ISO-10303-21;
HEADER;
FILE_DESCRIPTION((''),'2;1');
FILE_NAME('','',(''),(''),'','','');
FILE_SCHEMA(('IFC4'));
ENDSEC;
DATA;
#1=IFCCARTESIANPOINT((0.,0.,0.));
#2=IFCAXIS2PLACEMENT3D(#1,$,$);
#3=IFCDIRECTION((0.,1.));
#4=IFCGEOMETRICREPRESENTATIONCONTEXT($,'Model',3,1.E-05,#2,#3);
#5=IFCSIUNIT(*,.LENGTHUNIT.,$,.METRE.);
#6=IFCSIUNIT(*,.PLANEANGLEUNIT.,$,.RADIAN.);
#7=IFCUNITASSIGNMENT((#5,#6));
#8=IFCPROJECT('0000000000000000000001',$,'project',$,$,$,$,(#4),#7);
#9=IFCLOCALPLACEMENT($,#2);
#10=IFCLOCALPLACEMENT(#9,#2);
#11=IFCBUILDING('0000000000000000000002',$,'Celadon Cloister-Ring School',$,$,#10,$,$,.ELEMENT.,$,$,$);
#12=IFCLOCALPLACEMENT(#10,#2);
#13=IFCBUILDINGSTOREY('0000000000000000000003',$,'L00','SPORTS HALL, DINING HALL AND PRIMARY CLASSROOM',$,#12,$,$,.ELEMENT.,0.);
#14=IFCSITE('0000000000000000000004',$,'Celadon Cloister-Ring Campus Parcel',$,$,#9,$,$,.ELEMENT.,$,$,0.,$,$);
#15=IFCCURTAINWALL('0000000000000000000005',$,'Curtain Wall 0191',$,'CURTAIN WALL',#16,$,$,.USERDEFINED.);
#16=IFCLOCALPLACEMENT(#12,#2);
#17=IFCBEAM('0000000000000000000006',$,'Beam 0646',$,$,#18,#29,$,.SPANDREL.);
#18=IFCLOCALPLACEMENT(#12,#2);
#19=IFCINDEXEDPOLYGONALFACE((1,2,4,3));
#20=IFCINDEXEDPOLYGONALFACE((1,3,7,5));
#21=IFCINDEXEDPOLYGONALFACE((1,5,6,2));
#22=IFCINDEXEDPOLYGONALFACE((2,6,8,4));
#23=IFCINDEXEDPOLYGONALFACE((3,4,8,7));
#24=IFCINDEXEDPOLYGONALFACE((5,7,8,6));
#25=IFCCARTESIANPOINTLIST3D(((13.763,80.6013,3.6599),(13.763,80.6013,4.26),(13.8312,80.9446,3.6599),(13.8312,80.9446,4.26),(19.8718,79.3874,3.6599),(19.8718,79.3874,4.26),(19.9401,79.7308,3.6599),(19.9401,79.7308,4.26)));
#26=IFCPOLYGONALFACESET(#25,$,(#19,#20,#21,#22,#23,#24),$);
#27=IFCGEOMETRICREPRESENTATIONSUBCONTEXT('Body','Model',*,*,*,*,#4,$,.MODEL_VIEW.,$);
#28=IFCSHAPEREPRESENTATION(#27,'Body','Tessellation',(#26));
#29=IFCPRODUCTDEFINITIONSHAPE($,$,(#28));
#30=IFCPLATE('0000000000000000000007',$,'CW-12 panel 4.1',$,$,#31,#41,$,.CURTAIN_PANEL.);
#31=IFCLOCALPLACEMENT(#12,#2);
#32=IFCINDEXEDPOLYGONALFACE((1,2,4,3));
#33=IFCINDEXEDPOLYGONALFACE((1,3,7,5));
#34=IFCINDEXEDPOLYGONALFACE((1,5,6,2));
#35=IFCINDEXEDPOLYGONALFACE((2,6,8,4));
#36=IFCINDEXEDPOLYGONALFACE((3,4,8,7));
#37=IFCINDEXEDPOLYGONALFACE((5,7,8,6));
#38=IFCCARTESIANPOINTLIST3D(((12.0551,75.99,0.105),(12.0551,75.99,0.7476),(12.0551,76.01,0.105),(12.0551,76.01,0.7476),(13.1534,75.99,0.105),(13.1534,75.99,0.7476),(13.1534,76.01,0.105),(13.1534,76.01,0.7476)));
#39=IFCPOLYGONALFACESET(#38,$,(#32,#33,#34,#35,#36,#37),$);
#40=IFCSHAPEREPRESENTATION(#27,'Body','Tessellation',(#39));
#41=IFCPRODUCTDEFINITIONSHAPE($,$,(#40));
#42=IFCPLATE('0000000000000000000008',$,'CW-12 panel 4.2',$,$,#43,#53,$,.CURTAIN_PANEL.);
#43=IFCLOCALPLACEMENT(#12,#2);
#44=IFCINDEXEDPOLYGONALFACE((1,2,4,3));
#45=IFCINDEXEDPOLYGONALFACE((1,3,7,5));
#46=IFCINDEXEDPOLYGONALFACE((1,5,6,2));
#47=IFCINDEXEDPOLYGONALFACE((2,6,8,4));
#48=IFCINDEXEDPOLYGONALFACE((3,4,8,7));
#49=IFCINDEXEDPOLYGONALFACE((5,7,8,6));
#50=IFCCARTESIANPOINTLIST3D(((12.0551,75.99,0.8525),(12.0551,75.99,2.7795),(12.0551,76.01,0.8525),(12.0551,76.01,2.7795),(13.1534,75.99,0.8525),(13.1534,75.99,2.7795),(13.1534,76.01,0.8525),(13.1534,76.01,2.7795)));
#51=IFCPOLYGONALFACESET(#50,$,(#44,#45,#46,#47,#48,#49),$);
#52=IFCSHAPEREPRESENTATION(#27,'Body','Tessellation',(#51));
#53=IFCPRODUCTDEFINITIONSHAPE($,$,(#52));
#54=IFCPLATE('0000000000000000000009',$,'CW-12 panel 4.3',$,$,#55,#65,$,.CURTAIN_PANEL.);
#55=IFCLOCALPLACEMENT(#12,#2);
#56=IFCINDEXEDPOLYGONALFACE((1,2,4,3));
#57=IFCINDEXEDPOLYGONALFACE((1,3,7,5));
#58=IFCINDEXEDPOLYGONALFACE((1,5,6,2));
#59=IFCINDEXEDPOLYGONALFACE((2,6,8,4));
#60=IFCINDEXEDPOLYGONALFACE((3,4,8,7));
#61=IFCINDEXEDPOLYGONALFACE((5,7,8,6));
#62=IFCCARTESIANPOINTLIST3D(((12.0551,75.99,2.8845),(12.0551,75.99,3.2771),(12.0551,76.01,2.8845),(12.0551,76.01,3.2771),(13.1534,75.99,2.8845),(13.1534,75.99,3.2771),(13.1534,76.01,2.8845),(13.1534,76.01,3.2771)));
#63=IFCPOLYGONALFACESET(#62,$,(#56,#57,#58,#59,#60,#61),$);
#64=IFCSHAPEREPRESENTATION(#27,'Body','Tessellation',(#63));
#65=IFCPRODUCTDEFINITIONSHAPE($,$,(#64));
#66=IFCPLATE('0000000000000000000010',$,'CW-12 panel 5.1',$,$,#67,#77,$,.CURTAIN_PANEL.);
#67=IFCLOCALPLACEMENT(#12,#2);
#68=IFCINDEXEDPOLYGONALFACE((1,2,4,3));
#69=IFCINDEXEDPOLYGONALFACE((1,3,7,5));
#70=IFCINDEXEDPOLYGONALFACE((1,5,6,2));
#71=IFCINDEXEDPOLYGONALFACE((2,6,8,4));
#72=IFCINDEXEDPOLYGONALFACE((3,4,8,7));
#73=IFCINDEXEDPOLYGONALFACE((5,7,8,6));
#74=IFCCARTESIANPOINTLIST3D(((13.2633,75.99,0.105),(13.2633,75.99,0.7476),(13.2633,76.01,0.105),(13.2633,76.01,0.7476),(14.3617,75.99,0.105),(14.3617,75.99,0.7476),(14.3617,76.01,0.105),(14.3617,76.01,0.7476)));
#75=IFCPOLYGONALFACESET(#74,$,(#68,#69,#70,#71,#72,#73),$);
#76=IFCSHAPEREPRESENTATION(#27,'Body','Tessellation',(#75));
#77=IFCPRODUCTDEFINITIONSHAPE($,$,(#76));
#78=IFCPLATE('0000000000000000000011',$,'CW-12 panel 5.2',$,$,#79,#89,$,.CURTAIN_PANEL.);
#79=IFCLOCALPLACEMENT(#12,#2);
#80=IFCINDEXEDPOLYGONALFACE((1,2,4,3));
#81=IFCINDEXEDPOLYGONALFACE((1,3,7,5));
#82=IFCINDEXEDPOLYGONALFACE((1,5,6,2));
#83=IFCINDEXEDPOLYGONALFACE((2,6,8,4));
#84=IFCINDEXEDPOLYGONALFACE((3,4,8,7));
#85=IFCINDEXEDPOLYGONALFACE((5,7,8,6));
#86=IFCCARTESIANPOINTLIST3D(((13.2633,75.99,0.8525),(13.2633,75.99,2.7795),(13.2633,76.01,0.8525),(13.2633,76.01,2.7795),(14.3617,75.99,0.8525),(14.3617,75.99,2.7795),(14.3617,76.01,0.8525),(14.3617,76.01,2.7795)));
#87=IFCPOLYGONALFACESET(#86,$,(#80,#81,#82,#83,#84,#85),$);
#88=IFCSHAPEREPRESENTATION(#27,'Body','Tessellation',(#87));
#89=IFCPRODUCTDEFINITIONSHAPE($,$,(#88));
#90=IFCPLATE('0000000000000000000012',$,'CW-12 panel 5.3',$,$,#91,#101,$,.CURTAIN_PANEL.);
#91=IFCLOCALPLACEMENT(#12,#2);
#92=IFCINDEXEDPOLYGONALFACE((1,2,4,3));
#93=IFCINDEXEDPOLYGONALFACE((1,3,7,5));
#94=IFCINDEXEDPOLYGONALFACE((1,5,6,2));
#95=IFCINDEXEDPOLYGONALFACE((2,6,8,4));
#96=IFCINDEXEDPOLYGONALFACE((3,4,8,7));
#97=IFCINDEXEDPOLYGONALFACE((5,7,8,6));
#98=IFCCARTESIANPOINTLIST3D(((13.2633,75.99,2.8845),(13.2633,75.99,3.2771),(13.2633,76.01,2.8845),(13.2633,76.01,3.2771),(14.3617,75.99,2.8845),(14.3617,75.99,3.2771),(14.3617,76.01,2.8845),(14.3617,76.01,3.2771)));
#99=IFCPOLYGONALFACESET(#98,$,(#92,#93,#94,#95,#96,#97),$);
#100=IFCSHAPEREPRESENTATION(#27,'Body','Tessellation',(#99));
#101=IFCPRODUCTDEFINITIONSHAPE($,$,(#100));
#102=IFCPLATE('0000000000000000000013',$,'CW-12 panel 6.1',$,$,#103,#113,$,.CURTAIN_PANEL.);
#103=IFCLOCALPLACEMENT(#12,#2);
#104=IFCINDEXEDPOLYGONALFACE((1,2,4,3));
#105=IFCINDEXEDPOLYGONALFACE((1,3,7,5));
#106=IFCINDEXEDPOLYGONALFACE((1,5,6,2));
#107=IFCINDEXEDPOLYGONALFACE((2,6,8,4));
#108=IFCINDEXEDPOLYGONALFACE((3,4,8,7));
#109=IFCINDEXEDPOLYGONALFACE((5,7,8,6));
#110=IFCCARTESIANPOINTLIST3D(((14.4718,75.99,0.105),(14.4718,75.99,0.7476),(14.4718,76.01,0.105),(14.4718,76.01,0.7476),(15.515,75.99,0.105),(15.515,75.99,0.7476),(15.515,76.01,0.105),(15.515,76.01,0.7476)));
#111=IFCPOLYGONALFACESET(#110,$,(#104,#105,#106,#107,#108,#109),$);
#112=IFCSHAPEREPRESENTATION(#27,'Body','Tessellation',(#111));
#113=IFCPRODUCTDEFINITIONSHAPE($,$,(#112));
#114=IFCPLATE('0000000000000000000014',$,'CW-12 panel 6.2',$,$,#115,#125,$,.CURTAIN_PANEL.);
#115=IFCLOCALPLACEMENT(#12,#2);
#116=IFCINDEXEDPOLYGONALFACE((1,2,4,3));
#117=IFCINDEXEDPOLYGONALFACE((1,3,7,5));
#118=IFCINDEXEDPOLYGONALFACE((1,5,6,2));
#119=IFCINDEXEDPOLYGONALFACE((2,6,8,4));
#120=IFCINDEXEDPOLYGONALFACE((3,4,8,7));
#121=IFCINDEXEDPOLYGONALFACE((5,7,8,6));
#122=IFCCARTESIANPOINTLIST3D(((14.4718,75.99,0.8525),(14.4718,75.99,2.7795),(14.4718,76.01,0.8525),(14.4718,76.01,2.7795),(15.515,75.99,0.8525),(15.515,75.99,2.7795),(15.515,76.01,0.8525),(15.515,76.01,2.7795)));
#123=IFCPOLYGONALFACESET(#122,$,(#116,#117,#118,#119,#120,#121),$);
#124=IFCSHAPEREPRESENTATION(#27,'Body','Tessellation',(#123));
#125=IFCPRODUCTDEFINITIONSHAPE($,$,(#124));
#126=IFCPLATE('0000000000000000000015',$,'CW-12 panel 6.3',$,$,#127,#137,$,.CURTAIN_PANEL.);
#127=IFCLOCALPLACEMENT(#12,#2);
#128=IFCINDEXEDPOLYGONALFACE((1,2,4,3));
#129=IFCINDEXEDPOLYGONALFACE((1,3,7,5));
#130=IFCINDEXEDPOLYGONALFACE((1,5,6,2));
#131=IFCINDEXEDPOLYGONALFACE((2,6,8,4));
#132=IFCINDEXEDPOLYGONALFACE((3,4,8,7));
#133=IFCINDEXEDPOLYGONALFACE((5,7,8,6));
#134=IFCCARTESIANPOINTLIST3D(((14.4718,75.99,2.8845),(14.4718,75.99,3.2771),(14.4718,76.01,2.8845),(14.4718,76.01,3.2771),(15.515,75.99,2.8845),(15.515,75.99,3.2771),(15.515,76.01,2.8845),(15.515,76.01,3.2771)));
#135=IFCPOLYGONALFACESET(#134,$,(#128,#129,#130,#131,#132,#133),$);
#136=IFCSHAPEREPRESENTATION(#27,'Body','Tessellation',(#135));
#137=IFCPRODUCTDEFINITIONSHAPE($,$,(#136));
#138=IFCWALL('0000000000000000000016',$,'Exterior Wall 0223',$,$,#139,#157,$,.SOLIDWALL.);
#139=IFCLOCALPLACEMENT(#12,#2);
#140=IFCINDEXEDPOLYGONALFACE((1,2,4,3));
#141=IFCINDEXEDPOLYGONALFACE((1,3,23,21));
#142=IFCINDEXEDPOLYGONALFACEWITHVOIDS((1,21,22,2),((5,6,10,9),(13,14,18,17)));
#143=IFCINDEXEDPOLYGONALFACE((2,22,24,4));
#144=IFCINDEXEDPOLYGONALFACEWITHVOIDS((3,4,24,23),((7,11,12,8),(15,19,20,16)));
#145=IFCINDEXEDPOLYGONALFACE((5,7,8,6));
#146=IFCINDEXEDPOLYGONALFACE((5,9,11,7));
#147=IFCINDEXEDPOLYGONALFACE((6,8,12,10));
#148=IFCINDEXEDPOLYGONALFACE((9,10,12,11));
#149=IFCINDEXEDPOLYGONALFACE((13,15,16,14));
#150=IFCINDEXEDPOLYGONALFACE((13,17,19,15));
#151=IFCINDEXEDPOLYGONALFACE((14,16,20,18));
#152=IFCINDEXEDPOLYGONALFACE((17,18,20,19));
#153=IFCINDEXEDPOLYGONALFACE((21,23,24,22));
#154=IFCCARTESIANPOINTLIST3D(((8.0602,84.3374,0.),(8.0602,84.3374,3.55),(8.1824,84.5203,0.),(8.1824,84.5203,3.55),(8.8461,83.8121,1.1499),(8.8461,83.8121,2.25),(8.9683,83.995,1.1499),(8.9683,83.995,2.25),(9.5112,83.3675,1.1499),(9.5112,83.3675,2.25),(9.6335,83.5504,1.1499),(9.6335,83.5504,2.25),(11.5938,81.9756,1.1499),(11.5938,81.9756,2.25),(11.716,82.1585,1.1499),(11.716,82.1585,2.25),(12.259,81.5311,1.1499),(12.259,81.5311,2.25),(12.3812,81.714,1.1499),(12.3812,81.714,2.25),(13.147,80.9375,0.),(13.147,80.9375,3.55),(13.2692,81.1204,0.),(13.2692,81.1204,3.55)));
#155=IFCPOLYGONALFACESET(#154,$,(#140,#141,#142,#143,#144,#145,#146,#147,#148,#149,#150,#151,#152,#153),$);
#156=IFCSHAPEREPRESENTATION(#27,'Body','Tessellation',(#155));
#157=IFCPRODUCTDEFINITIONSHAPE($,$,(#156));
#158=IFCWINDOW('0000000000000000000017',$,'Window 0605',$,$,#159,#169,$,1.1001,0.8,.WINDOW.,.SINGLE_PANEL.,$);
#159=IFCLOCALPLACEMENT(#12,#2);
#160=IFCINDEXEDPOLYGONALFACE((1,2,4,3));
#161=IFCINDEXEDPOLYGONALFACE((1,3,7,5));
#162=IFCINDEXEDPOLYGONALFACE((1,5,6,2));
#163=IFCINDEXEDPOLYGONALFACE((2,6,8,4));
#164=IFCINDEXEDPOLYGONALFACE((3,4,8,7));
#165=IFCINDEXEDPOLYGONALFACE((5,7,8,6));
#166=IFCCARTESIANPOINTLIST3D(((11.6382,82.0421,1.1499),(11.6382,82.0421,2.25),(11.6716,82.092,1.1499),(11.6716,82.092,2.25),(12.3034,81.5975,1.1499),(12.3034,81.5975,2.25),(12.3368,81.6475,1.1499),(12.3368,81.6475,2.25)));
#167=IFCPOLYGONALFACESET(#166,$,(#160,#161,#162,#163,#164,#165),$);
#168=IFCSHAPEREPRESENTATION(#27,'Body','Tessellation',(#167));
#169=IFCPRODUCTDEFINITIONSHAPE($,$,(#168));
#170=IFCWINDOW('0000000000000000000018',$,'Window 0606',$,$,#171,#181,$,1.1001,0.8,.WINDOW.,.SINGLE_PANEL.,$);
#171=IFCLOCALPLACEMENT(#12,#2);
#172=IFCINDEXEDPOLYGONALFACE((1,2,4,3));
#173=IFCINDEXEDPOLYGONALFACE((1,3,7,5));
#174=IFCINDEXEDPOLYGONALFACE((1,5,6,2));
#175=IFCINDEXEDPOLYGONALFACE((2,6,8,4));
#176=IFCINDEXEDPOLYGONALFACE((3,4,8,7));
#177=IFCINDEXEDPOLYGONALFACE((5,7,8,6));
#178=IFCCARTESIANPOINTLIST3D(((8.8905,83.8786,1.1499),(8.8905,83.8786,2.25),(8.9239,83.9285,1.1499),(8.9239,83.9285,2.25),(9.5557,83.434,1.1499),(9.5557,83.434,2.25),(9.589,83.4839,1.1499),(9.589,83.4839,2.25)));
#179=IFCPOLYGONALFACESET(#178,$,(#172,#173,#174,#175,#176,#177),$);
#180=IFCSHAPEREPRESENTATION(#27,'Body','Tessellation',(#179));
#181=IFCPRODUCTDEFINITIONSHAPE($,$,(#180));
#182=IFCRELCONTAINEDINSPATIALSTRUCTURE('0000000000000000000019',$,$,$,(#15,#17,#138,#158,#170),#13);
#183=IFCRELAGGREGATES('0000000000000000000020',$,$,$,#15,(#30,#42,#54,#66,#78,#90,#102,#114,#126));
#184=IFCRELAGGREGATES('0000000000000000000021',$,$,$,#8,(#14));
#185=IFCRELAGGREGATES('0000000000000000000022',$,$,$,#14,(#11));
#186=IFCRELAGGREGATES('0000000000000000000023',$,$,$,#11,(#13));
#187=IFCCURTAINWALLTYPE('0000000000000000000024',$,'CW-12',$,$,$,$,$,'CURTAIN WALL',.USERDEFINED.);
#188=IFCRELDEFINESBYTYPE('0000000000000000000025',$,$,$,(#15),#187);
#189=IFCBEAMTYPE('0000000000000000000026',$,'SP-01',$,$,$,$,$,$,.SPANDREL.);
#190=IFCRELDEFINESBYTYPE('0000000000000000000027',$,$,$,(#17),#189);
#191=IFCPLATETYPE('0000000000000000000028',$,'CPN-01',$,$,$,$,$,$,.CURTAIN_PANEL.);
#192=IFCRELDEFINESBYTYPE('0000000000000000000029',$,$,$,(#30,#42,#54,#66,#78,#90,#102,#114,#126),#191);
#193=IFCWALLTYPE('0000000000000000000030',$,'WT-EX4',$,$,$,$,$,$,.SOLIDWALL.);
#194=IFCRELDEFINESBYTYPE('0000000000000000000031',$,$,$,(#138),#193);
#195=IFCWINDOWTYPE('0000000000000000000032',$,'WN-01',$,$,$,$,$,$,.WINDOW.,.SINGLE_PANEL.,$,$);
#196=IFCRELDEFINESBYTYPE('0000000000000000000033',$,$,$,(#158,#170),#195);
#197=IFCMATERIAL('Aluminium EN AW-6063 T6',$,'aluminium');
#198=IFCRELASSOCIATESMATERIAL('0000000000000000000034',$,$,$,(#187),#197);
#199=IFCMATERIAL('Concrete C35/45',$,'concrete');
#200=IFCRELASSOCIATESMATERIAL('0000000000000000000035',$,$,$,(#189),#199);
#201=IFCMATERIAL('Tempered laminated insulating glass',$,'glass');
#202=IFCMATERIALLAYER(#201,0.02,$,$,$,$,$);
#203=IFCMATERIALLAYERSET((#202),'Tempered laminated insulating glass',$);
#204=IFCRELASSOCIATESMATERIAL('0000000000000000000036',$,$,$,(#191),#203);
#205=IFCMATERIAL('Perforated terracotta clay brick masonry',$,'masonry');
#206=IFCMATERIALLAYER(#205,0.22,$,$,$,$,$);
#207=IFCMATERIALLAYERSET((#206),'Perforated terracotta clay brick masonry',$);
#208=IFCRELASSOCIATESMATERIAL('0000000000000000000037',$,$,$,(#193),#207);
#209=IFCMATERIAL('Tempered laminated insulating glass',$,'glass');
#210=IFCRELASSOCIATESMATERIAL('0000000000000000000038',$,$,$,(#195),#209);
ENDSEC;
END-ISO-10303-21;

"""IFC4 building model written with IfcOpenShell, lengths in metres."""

from ifc_helpers import new_model, si_unit, direction, frame, frame_2d, origin, origin_2d, place, context, subcontext, project, spatial, rectangle, extrude, material, layer, layer_set, material_profile, profile_set, type_object, element, fill, aggregate, save


model = new_model("IFC4")

# Units and contexts
model_context = context("Model", 3, precision=1e-05, world=origin(), true_north=direction((0.0, 1.0)))
body_context = subcontext(model_context, "Body", "Model", "MODEL_VIEW")
ifc_project = project(units=[si_unit("LENGTHUNIT", "METRE"), si_unit("PLANEANGLEUNIT", "RADIAN")], contexts=[model_context])

# Site, building, storey
site_placement = place(None, origin())
site = spatial("IfcSite", under=ifc_project, at=site_placement, Name="Celadon Cloister-Ring Campus Parcel", CompositionType="ELEMENT", RefElevation=0.0)
building_placement = place(site_placement, origin())
building = spatial("IfcBuilding", under=site, at=building_placement, Name="Celadon Cloister-Ring School", CompositionType="ELEMENT")
storey_placement = place(building_placement, origin())
storey = spatial("IfcBuildingStorey", under=building, at=storey_placement, Name="L00", Description="SPORTS HALL, DINING HALL AND PRIMARY CLASSROOM", CompositionType="ELEMENT", Elevation=0.0)

# Curtain wall
ifc_material_1 = material(Name="Aluminium EN AW-6063 T6", Category="aluminium")
curtain_wall_type = type_object("IfcCurtainWallType", Name="CW-12", ElementType="CURTAIN WALL", PredefinedType="USERDEFINED", material=ifc_material_1)
curtain_wall_placement = place(storey_placement, origin())
curtain_wall = element("IfcCurtainWall", 1, at=curtain_wall_placement, inside=storey, type_object=curtain_wall_type, Name="Curtain Wall 0191", ObjectType="CURTAIN WALL", PredefinedType="USERDEFINED")

# Beam
ifc_material_2 = material(Name="Concrete C35/45", Category="concrete")
ifc_material_profile_1 = material_profile(ifc_material_2, rectangle(XDim=0.3501, YDim=0.6001, at=origin_2d()), Name="RC350X600")
ifc_profile_set_1 = profile_set([ifc_material_profile_1], Name="Concrete C35/45")
beam_type_1 = type_object("IfcBeamType", Name="SP-01", PredefinedType="SPANDREL", material=ifc_profile_set_1)
beam_1_placement = place(storey_placement, frame((13.7971, 80.7729, 3.96), z_axis=(0.980824, -0.194895, 0.0), x_axis=(0.194895, 0.980824, 0.0)))
element("IfcBeam", 2, at=beam_1_placement, inside=storey, type_object=beam_type_1, Name="Beam 0646", PredefinedType="SPANDREL", context=body_context, shape_type="SweptSolid", body=[
    extrude(rectangle(XDim=0.3501, YDim=0.6001, at=origin_2d()), origin(), (0.0, 0.0, 1.0), 6.2283),
])

# Plates
ifc_material_3 = material(Name="Tempered laminated insulating glass", Category="glass")
ifc_layer_1 = layer(ifc_material_3, 0.02)
ifc_layer_set_1 = layer_set([ifc_layer_1], Name="Tempered laminated insulating glass")
plate_type = type_object("IfcPlateType", Name="CPN-01", PredefinedType="CURTAIN_PANEL", material=ifc_layer_set_1)
plate_1_placement = place(storey_placement, frame((12.6042, 76.0, 0.105), z_axis=(0.0, 0.0, 1.0), x_axis=(1.0, 0.0, 0.0)))
plate_1 = element("IfcPlate", 3, at=plate_1_placement, type_object=plate_type, Name="CW-12 panel 4.1", PredefinedType="CURTAIN_PANEL", context=body_context, shape_type="SweptSolid", body=[
    extrude(rectangle(XDim=1.0984, YDim=0.02, at=origin_2d()), origin(), (0.0, 0.0, 1.0), 0.6426),
])
plate_2_placement = place(storey_placement, frame((12.6042, 76.0, 0.8525), z_axis=(0.0, 0.0, 1.0), x_axis=(1.0, 0.0, 0.0)))
plate_2 = element("IfcPlate", 4, at=plate_2_placement, type_object=plate_type, Name="CW-12 panel 4.2", PredefinedType="CURTAIN_PANEL", context=body_context, shape_type="SweptSolid", body=[
    extrude(rectangle(XDim=1.0984, YDim=0.02, at=origin_2d()), origin(), (0.0, 0.0, 1.0), 1.927),
])
plate_3_placement = place(storey_placement, frame((12.6042, 76.0, 2.8845), z_axis=(0.0, 0.0, 1.0), x_axis=(1.0, 0.0, 0.0)))
plate_3 = element("IfcPlate", 5, at=plate_3_placement, type_object=plate_type, Name="CW-12 panel 4.3", PredefinedType="CURTAIN_PANEL", context=body_context, shape_type="SweptSolid", body=[
    extrude(rectangle(XDim=1.0984, YDim=0.02, at=origin_2d()), origin(), (0.0, 0.0, 1.0), 0.3926),
])
plate_4_placement = place(storey_placement, frame((13.8125, 76.0, 0.105), z_axis=(0.0, 0.0, 1.0), x_axis=(1.0, 0.0, 0.0)))
plate_4 = element("IfcPlate", 6, at=plate_4_placement, type_object=plate_type, Name="CW-12 panel 5.1", PredefinedType="CURTAIN_PANEL", context=body_context, shape_type="SweptSolid", body=[
    extrude(rectangle(XDim=1.0984, YDim=0.02, at=origin_2d()), origin(), (0.0, 0.0, 1.0), 0.6426),
])
plate_5_placement = place(storey_placement, frame((13.8125, 76.0, 0.8525), z_axis=(0.0, 0.0, 1.0), x_axis=(1.0, 0.0, 0.0)))
plate_5 = element("IfcPlate", 7, at=plate_5_placement, type_object=plate_type, Name="CW-12 panel 5.2", PredefinedType="CURTAIN_PANEL", context=body_context, shape_type="SweptSolid", body=[
    extrude(rectangle(XDim=1.0984, YDim=0.02, at=origin_2d()), origin(), (0.0, 0.0, 1.0), 1.927),
])
plate_6_placement = place(storey_placement, frame((13.8125, 76.0, 2.8845), z_axis=(0.0, 0.0, 1.0), x_axis=(1.0, 0.0, 0.0)))
plate_6 = element("IfcPlate", 8, at=plate_6_placement, type_object=plate_type, Name="CW-12 panel 5.3", PredefinedType="CURTAIN_PANEL", context=body_context, shape_type="SweptSolid", body=[
    extrude(rectangle(XDim=1.0984, YDim=0.02, at=origin_2d()), origin(), (0.0, 0.0, 1.0), 0.3926),
])
plate_7_placement = place(storey_placement, frame((14.9934, 76.0, 0.105), z_axis=(0.0, 0.0, 1.0), x_axis=(1.0, 0.0, 0.0)))
plate_7 = element("IfcPlate", 9, at=plate_7_placement, type_object=plate_type, Name="CW-12 panel 6.1", PredefinedType="CURTAIN_PANEL", context=body_context, shape_type="SweptSolid", body=[
    extrude(rectangle(XDim=1.0432, YDim=0.02, at=origin_2d()), origin(), (0.0, 0.0, 1.0), 0.6426),
])
plate_8_placement = place(storey_placement, frame((14.9934, 76.0, 0.8525), z_axis=(0.0, 0.0, 1.0), x_axis=(1.0, 0.0, 0.0)))
plate_8 = element("IfcPlate", 10, at=plate_8_placement, type_object=plate_type, Name="CW-12 panel 6.2", PredefinedType="CURTAIN_PANEL", context=body_context, shape_type="SweptSolid", body=[
    extrude(rectangle(XDim=1.0432, YDim=0.02, at=origin_2d()), origin(), (0.0, 0.0, 1.0), 1.927),
])
plate_9_placement = place(storey_placement, frame((14.9934, 76.0, 2.8845), z_axis=(0.0, 0.0, 1.0), x_axis=(1.0, 0.0, 0.0)))
plate_9 = element("IfcPlate", 11, at=plate_9_placement, type_object=plate_type, Name="CW-12 panel 6.3", PredefinedType="CURTAIN_PANEL", context=body_context, shape_type="SweptSolid", body=[
    extrude(rectangle(XDim=1.0432, YDim=0.02, at=origin_2d()), origin(), (0.0, 0.0, 1.0), 0.3926),
])
aggregate(curtain_wall, [plate_1, plate_2, plate_3, plate_4, plate_5, plate_6, plate_7, plate_8, plate_9])

# Wall, openings, windows
ifc_material_4 = material(Name="Perforated terracotta clay brick masonry", Category="masonry")
ifc_layer_2 = layer(ifc_material_4, 0.22)
ifc_layer_set_2 = layer_set([ifc_layer_2], Name="Perforated terracotta clay brick masonry")
wall_type = type_object("IfcWallType", Name="WT-EX4", PredefinedType="SOLIDWALL", material=ifc_layer_set_2)
wall_placement = place(storey_placement, frame((13.208, 81.0291, 0.0), z_axis=(0.0, 0.0, 1.0), x_axis=(-0.831399, 0.555676, 0.0)))
wall = element("IfcWall", 12, at=wall_placement, inside=storey, type_object=wall_type, Name="Exterior Wall 0223", PredefinedType="SOLIDWALL", context=body_context, shape_type="SweptSolid", body=[
    extrude(rectangle(XDim=6.1184, YDim=0.22, at=frame_2d((3.0591, 0.0))), origin(), (0.0, 0.0, 1.0), 3.55),
])
opening_1_placement = place(wall_placement, frame((1.0681, 0.0, 1.1499)))
opening_1 = element("IfcOpeningElement", 13, at=opening_1_placement, cuts=wall, PredefinedType="OPENING", context=body_context, shape_type="SweptSolid", body=[
    extrude(rectangle(XDim=0.8, YDim=1.1001, at=frame_2d((0.3999, 0.55))), frame((0.0, 0.1201, 0.0), z_axis=(0.0, -1.0, 0.0), x_axis=(1.0, 0.0, 0.0)), (0.0, 0.0, 1.0), 0.24),
])
opening_2_placement = place(wall_placement, frame((4.373, 0.0, 1.1499)))
opening_2 = element("IfcOpeningElement", 14, at=opening_2_placement, cuts=wall, PredefinedType="OPENING", context=body_context, shape_type="SweptSolid", body=[
    extrude(rectangle(XDim=0.8, YDim=1.1001, at=frame_2d((0.3999, 0.55))), frame((0.0, 0.1201, 0.0), z_axis=(0.0, -1.0, 0.0), x_axis=(1.0, 0.0, 0.0)), (0.0, 0.0, 1.0), 0.24),
])
ifc_material_5 = material(Name="Tempered laminated insulating glass", Category="glass")
window_type = type_object("IfcWindowType", Name="WN-01", PartitioningType="SINGLE_PANEL", PredefinedType="WINDOW", material=ifc_material_5)
window_1_placement = place(opening_1_placement, origin())
window_1 = element("IfcWindow", 15, at=window_1_placement, inside=storey, type_object=window_type, Name="Window 0605", OverallHeight=1.1001, OverallWidth=0.8, PartitioningType="SINGLE_PANEL", PredefinedType="WINDOW", context=body_context, shape_type="SweptSolid", body=[
    extrude(rectangle(XDim=0.8, YDim=1.1001, at=frame_2d((0.3999, 0.55))), frame((0.0, 0.03, 0.0), z_axis=(0.0, -1.0, 0.0), x_axis=(1.0, 0.0, 0.0)), (0.0, 0.0, 1.0), 0.0601),
])
fill(opening_1, window_1)
window_2_placement = place(opening_2_placement, origin())
window_2 = element("IfcWindow", 16, at=window_2_placement, inside=storey, type_object=window_type, Name="Window 0606", OverallHeight=1.1001, OverallWidth=0.8, PartitioningType="SINGLE_PANEL", PredefinedType="WINDOW", context=body_context, shape_type="SweptSolid", body=[
    extrude(rectangle(XDim=0.8, YDim=1.1001, at=frame_2d((0.3999, 0.55))), frame((0.0, 0.03, 0.0), z_axis=(0.0, -1.0, 0.0), x_axis=(1.0, 0.0, 0.0)), (0.0, 0.0, 1.0), 0.0601),
])
fill(opening_2, window_2)

save(model, "model.ifc")
